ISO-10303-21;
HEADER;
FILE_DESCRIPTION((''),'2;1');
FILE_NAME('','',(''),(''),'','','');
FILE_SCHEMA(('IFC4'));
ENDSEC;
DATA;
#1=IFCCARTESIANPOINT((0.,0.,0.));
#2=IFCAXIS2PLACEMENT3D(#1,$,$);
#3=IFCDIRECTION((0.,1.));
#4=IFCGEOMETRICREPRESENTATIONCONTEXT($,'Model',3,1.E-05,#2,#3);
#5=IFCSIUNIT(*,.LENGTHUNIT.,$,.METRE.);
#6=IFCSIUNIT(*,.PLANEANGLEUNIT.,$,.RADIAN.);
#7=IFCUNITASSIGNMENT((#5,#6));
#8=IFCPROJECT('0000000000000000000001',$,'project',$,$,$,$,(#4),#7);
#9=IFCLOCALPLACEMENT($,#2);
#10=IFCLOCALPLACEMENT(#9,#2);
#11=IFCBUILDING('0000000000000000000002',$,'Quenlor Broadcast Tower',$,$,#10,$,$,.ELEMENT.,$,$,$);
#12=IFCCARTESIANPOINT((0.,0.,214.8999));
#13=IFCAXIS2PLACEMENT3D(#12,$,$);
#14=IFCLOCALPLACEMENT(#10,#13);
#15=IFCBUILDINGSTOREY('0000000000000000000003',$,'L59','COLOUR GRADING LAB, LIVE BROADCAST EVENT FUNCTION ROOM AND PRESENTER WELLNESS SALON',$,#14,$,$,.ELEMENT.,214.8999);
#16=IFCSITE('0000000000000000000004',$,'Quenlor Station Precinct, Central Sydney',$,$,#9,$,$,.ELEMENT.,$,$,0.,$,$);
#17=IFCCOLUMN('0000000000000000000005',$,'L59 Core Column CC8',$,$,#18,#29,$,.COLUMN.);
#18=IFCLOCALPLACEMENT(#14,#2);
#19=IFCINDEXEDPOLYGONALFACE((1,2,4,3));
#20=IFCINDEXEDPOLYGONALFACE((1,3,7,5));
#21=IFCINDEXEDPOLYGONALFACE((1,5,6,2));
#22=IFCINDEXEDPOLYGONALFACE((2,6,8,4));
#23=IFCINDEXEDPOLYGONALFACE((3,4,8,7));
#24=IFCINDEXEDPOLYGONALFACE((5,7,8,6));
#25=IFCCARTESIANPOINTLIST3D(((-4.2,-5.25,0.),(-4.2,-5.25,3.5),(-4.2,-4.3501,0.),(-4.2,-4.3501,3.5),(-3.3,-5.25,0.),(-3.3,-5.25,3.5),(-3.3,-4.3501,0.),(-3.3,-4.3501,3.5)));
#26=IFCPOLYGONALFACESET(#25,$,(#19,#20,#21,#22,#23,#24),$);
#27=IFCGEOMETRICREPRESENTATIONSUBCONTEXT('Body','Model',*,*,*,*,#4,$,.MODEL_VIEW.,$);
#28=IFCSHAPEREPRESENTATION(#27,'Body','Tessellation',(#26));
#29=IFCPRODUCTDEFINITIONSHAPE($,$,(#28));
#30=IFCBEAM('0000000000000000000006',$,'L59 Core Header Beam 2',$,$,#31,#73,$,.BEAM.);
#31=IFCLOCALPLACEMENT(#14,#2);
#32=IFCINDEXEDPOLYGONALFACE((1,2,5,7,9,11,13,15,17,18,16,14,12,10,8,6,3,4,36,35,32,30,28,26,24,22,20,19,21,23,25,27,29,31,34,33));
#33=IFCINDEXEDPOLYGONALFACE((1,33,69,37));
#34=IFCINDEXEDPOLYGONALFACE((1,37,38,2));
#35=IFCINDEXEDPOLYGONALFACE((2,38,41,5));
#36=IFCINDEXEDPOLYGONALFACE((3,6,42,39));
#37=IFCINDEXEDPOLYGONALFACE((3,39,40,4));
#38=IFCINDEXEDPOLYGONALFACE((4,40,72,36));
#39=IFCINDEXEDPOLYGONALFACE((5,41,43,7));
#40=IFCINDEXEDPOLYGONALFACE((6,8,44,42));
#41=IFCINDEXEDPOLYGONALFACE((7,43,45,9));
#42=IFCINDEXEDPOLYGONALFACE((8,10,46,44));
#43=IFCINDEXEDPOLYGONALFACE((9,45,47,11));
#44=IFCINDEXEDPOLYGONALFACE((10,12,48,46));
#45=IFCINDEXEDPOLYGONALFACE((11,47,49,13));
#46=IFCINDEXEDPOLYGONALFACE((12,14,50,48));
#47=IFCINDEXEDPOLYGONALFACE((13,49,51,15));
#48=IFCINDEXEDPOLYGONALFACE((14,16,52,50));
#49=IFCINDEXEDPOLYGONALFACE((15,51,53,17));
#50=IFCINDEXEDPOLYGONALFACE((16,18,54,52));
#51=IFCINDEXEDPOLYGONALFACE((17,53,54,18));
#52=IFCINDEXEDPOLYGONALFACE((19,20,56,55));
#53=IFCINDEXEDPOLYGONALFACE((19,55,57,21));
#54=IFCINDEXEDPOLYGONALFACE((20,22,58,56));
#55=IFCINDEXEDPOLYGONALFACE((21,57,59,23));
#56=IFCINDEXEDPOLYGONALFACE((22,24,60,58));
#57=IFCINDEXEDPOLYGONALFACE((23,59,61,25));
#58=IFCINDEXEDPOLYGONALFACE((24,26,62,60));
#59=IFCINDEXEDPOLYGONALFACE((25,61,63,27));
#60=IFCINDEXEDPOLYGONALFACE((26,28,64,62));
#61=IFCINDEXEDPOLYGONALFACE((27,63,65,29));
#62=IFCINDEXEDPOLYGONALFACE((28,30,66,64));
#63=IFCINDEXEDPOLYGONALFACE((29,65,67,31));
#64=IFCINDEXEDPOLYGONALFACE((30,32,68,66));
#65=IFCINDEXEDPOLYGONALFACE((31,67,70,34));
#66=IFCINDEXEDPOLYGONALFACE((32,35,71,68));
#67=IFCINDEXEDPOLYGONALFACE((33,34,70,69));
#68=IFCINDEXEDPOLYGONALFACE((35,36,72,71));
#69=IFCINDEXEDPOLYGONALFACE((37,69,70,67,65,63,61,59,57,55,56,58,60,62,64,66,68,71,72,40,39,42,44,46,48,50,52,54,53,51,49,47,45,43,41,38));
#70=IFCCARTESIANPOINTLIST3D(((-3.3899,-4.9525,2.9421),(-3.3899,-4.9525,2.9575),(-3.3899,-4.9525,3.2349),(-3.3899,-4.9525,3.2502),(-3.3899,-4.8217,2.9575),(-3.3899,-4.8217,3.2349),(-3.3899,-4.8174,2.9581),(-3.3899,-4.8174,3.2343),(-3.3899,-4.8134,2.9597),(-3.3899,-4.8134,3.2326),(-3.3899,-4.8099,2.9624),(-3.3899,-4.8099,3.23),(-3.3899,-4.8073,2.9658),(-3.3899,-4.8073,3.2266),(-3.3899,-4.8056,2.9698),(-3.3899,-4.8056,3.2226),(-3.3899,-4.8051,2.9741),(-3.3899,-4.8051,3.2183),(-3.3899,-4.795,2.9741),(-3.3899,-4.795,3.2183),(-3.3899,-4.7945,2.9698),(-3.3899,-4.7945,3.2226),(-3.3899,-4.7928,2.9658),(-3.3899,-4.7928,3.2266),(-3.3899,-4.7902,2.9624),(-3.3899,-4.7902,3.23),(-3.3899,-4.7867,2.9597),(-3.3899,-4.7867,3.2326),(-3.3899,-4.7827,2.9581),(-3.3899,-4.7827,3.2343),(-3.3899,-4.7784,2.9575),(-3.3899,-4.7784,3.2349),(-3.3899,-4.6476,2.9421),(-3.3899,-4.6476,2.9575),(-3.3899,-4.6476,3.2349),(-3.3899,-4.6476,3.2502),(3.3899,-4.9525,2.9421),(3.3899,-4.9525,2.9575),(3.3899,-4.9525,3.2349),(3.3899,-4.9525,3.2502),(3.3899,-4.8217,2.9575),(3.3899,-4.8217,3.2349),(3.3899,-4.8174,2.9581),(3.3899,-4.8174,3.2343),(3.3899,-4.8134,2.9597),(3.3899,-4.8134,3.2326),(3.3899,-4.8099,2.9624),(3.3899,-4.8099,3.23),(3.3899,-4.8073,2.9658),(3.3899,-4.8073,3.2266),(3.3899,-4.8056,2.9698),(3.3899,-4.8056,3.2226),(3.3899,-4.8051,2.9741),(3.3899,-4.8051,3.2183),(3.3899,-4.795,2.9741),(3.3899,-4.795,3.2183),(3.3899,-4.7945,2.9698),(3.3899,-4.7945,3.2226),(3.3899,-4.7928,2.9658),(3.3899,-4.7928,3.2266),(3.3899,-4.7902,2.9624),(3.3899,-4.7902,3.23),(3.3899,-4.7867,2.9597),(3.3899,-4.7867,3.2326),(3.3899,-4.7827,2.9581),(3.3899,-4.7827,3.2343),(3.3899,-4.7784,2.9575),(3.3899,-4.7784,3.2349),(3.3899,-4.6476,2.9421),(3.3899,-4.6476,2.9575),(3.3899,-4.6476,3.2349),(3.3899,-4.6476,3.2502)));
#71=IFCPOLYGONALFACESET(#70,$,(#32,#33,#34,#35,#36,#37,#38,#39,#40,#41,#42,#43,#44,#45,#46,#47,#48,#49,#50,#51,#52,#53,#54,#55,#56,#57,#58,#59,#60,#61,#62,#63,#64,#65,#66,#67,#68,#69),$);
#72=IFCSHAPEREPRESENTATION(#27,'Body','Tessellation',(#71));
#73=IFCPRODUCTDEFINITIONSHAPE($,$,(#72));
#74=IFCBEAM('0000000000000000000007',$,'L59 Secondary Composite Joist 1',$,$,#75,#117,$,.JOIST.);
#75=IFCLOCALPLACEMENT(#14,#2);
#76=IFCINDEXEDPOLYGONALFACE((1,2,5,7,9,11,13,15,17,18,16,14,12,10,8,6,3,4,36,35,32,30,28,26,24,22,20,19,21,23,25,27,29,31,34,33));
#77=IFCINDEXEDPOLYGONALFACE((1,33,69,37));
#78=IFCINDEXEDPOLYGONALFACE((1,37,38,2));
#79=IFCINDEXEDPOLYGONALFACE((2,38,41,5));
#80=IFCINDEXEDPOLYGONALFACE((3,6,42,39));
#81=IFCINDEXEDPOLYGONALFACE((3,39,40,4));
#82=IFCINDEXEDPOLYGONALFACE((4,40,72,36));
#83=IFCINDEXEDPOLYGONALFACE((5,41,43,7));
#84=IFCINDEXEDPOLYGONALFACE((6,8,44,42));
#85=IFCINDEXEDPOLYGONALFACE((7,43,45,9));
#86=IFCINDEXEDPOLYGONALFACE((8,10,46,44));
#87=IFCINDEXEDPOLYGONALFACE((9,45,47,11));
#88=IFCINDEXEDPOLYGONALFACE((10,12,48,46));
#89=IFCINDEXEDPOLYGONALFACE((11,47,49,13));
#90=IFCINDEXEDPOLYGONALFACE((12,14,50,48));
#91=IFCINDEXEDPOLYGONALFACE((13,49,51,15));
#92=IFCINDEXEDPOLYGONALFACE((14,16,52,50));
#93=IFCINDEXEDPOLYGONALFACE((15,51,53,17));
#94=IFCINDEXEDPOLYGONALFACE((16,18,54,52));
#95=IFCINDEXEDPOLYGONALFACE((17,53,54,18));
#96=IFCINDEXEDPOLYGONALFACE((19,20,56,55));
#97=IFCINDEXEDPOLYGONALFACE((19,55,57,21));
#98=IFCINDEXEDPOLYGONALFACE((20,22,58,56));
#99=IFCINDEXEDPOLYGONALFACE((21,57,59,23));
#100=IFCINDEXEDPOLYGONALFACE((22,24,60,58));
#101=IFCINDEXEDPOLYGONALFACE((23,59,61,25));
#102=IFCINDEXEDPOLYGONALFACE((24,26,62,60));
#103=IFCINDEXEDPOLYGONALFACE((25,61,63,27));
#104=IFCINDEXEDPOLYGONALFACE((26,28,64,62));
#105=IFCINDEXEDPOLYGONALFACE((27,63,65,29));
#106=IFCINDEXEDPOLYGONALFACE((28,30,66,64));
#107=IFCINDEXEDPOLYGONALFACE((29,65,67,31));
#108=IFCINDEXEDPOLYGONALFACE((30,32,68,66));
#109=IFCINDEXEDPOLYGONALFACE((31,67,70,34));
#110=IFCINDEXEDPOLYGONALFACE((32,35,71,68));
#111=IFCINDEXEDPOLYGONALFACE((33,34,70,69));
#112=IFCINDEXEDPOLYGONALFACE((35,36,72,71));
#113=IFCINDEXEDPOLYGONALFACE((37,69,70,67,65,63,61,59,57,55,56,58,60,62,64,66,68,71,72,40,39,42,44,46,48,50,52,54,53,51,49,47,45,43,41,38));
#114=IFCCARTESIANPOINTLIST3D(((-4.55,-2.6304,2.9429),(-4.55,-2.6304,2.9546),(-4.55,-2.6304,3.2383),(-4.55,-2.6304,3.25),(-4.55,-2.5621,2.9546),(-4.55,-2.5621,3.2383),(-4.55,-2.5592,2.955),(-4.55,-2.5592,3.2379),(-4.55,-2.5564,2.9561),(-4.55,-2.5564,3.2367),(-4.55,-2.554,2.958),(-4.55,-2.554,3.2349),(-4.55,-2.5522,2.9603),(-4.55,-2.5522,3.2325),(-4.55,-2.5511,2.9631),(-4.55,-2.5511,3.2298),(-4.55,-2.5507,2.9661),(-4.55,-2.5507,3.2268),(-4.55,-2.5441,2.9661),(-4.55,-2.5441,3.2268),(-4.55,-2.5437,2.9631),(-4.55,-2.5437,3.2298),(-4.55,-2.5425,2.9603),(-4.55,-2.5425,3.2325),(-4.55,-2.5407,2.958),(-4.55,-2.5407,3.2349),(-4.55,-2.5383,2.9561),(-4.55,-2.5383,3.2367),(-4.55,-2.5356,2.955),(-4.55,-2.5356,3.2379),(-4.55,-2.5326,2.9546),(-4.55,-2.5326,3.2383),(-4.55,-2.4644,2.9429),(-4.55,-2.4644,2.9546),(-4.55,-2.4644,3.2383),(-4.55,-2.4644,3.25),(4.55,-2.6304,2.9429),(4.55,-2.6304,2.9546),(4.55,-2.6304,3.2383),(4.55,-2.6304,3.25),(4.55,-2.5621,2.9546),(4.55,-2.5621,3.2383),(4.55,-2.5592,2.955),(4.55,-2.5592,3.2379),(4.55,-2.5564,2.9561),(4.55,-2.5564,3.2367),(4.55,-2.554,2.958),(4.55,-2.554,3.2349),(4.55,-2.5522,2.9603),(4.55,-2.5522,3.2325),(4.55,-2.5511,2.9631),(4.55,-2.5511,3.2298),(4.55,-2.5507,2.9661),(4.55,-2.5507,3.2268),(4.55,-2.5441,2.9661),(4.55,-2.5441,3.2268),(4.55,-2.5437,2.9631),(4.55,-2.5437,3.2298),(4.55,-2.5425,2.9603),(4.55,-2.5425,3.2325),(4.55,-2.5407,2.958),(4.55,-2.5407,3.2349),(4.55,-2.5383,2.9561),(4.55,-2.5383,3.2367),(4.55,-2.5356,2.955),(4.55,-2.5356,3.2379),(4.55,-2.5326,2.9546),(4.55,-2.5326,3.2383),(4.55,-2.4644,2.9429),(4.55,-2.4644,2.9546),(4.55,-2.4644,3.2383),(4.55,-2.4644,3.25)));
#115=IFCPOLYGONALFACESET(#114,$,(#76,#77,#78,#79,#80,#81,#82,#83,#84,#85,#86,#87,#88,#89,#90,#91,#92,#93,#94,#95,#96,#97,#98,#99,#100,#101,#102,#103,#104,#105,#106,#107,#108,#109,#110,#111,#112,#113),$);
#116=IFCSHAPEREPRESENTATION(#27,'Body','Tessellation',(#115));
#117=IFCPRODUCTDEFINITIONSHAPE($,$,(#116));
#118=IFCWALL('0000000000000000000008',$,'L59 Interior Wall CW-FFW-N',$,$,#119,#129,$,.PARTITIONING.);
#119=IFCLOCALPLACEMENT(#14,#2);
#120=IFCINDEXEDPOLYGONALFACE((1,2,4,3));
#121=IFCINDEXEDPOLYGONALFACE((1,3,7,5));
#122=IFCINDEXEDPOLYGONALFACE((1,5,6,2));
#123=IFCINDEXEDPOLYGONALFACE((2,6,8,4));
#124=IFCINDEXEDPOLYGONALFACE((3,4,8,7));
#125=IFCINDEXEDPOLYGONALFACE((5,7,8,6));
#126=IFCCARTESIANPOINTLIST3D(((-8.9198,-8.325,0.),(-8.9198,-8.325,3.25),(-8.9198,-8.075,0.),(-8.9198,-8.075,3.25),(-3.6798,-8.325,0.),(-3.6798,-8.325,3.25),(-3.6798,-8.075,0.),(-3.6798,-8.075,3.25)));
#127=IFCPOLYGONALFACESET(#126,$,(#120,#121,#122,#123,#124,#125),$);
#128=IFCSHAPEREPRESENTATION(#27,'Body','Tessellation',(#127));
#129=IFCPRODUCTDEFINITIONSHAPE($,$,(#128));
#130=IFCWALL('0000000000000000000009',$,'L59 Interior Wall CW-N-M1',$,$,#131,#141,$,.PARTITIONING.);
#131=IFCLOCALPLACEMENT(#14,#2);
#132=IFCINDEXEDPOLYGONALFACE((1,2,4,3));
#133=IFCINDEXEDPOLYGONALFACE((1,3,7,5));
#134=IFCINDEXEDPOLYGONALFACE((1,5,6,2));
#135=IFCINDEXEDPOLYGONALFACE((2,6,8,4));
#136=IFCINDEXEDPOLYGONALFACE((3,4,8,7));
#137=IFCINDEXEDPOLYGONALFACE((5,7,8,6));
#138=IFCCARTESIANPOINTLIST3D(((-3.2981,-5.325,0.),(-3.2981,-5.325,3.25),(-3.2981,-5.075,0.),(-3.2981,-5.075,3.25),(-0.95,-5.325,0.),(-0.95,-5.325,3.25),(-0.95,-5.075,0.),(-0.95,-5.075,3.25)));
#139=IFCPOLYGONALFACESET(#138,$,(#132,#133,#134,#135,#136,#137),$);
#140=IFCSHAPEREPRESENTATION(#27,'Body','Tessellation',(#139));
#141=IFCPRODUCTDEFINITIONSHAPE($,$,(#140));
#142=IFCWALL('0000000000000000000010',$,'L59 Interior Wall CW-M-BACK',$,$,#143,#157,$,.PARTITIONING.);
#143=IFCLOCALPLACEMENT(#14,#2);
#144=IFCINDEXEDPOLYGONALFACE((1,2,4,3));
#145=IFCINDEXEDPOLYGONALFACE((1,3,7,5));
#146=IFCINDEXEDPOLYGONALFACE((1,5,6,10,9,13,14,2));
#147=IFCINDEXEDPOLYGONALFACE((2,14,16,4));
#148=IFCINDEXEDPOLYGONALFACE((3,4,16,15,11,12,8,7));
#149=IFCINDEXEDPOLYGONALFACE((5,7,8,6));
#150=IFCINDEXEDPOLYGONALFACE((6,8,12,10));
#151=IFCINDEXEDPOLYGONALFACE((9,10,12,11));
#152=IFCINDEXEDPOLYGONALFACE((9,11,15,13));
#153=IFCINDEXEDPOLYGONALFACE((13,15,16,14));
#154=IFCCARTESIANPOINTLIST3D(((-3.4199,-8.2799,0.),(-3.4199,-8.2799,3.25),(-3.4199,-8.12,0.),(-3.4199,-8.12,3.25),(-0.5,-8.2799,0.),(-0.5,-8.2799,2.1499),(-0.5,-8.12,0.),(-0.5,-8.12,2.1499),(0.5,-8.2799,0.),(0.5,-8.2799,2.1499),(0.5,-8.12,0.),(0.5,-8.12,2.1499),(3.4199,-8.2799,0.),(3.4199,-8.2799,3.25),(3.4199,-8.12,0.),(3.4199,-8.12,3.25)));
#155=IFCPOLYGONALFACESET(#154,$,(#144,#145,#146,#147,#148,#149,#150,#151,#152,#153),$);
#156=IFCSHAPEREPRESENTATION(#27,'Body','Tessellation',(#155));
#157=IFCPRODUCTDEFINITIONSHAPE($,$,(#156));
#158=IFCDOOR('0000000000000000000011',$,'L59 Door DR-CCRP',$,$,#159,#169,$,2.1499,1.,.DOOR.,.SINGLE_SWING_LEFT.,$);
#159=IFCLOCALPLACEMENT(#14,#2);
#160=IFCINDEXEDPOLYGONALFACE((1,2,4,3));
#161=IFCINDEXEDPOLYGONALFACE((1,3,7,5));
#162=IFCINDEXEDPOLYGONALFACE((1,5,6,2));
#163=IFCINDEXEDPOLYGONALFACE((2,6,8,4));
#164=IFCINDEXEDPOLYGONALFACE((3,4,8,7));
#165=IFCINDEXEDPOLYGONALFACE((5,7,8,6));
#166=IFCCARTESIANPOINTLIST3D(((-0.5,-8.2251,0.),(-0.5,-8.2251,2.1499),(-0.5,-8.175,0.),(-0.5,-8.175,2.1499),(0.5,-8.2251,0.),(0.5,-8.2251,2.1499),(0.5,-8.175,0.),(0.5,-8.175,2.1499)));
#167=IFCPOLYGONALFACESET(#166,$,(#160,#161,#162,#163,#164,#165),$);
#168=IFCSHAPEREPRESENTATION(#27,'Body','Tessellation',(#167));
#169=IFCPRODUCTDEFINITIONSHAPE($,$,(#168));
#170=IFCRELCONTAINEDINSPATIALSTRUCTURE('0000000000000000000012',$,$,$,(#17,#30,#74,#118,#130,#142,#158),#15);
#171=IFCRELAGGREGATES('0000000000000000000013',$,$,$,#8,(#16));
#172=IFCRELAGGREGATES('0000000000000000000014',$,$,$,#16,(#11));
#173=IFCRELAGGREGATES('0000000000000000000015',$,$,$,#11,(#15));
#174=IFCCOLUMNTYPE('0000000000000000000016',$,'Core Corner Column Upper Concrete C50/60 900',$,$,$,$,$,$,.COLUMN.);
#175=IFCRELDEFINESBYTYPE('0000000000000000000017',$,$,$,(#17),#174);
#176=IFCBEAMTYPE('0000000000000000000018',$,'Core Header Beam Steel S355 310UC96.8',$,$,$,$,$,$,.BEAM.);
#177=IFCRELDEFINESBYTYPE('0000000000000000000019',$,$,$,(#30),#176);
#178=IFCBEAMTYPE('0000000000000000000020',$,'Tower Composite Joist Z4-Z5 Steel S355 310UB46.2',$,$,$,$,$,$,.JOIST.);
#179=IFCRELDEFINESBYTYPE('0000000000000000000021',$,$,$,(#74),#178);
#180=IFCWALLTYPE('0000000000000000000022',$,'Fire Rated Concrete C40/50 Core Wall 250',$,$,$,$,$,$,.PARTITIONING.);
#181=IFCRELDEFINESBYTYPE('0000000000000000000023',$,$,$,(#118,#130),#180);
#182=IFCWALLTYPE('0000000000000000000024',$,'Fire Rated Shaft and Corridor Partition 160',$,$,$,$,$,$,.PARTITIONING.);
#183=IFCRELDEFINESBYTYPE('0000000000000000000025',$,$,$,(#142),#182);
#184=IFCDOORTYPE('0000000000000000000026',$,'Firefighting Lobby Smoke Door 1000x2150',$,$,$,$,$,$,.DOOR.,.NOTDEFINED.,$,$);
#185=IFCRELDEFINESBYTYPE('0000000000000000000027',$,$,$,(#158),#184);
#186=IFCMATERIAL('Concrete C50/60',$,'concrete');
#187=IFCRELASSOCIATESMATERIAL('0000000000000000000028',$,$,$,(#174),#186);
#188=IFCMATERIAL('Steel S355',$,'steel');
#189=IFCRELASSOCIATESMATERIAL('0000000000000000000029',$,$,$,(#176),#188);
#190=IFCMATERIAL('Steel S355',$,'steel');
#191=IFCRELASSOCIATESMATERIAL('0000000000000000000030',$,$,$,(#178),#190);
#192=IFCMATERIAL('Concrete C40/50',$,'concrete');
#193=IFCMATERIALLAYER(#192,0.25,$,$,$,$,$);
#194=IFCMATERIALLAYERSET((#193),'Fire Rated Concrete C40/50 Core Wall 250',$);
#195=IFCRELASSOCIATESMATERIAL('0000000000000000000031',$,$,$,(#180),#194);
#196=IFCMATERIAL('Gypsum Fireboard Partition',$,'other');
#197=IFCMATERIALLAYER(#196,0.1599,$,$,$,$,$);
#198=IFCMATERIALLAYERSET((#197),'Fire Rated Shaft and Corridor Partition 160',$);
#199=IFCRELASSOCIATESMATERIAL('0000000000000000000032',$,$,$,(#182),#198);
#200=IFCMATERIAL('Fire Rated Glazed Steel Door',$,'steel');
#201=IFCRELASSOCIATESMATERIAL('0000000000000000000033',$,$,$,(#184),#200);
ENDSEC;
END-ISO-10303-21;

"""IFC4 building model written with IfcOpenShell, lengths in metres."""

from ifc_helpers import new_model, si_unit, direction, frame, frame_2d, origin, origin_2d, place, context, subcontext, project, spatial, rectangle, i_section, extrude, material, layer, layer_set, material_profile, profile_set, type_object, element, fill, save


model = new_model("IFC4")

# Units and contexts
model_context = context("Model", 3, precision=1e-05, world=origin(), true_north=direction((0.0, 1.0)))
body_context = subcontext(model_context, "Body", "Model", "MODEL_VIEW")
ifc_project = project(units=[si_unit("LENGTHUNIT", "METRE"), si_unit("PLANEANGLEUNIT", "RADIAN")], contexts=[model_context])

# Site, building, storey
site_placement = place(None, origin())
site = spatial("IfcSite", under=ifc_project, at=site_placement, Name="Quenlor Station Precinct, Central Sydney", CompositionType="ELEMENT", RefElevation=0.0)
building_placement = place(site_placement, origin())
building = spatial("IfcBuilding", under=site, at=building_placement, Name="Quenlor Broadcast Tower", CompositionType="ELEMENT")
storey_placement = place(building_placement, frame((0.0, 0.0, 214.8999)))
storey = spatial("IfcBuildingStorey", under=building, at=storey_placement, Name="L59", Description="COLOUR GRADING LAB, LIVE BROADCAST EVENT FUNCTION ROOM AND PRESENTER WELLNESS SALON", CompositionType="ELEMENT", Elevation=214.8999)

# Column
ifc_material_1 = material(Name="Concrete C50/60", Category="concrete")
ifc_material_profile_1 = material_profile(ifc_material_1, rectangle(XDim=0.8999, YDim=0.8999, at=origin_2d()))
ifc_profile_set_1 = profile_set([ifc_material_profile_1], Name="Concrete C50/60 RC900x900")
column_type = type_object("IfcColumnType", Name="Core Corner Column Upper Concrete C50/60 900", PredefinedType="COLUMN", material=ifc_profile_set_1)
column_placement = place(storey_placement, frame((-3.75, -4.8, 0.0), z_axis=(0.0, 0.0, 1.0), x_axis=(1.0, 0.0, 0.0)))
element("IfcColumn", 1, at=column_placement, inside=storey, type_object=column_type, Name="L59 Core Column CC8", PredefinedType="COLUMN", context=body_context, shape_type="SweptSolid", body=[
    extrude(rectangle(XDim=0.8999, YDim=0.8999, at=origin_2d()), origin(), (0.0, 0.0, 1.0), 3.5),
])

# Beams
ifc_material_2 = material(Name="Steel S355", Category="steel")
ifc_material_profile_2 = material_profile(ifc_material_2, i_section(OverallWidth=0.3049, OverallDepth=0.3081, WebThickness=0.01, FlangeThickness=0.0154, FilletRadius=0.0166, at=origin_2d()))
ifc_profile_set_2 = profile_set([ifc_material_profile_2], Name="Steel S355 310UC96.8")
beam_type_1 = type_object("IfcBeamType", Name="Core Header Beam Steel S355 310UC96.8", PredefinedType="BEAM", material=ifc_profile_set_2)
beam_1_placement = place(storey_placement, frame((-3.3899, -4.8, 3.0962), z_axis=(1.0, 0.0, 0.0), x_axis=(0.0, 1.0, 0.0)))
element("IfcBeam", 2, at=beam_1_placement, inside=storey, type_object=beam_type_1, Name="L59 Core Header Beam 2", PredefinedType="BEAM", context=body_context, shape_type="SweptSolid", body=[
    extrude(i_section(OverallWidth=0.3049, OverallDepth=0.3081, WebThickness=0.01, FlangeThickness=0.0154, FilletRadius=0.0166, at=origin_2d()), origin(), (0.0, 0.0, 1.0), 6.7798),
])
ifc_material_3 = material(Name="Steel S355", Category="steel")
ifc_material_profile_3 = material_profile(ifc_material_3, i_section(OverallWidth=0.166, OverallDepth=0.3071, WebThickness=0.0066, FlangeThickness=0.0117, FilletRadius=0.0115, at=origin_2d()))
ifc_profile_set_3 = profile_set([ifc_material_profile_3], Name="Steel S355 310UB46.2")
beam_type_2 = type_object("IfcBeamType", Name="Tower Composite Joist Z4-Z5 Steel S355 310UB46.2", PredefinedType="JOIST", material=ifc_profile_set_3)
beam_2_placement = place(storey_placement, frame((-4.55, -2.5474, 3.0964), z_axis=(1.0, 0.0, 0.0), x_axis=(0.0, 1.0, 0.0)))
element("IfcBeam", 3, at=beam_2_placement, inside=storey, type_object=beam_type_2, Name="L59 Secondary Composite Joist 1", PredefinedType="JOIST", context=body_context, shape_type="SweptSolid", body=[
    extrude(i_section(OverallWidth=0.166, OverallDepth=0.3071, WebThickness=0.0066, FlangeThickness=0.0117, FilletRadius=0.0115, at=origin_2d()), origin(), (0.0, 0.0, 1.0), 9.1001),
])

# Walls
ifc_material_4 = material(Name="Concrete C40/50", Category="concrete")
ifc_layer_1 = layer(ifc_material_4, 0.25)
ifc_layer_set_1 = layer_set([ifc_layer_1], Name="Fire Rated Concrete C40/50 Core Wall 250")
wall_type_1 = type_object("IfcWallType", Name="Fire Rated Concrete C40/50 Core Wall 250", PredefinedType="PARTITIONING", material=ifc_layer_set_1)
wall_1_placement = place(storey_placement, frame((-8.9199, -8.2, 0.0), z_axis=(0.0, 0.0, 1.0), x_axis=(1.0, 0.0, 0.0)))
element("IfcWall", 4, at=wall_1_placement, inside=storey, type_object=wall_type_1, Name="L59 Interior Wall CW-FFW-N", PredefinedType="PARTITIONING", context=body_context, shape_type="SweptSolid", body=[
    extrude(rectangle(XDim=5.24, YDim=0.25, at=frame_2d((2.6201, 0.0))), origin(), (0.0, 0.0, 1.0), 3.25),
])
wall_2_placement = place(storey_placement, frame((-3.2981, -5.2, 0.0), z_axis=(0.0, 0.0, 1.0), x_axis=(1.0, 0.0, 0.0)))
element("IfcWall", 5, at=wall_2_placement, inside=storey, type_object=wall_type_1, Name="L59 Interior Wall CW-N-M1", PredefinedType="PARTITIONING", context=body_context, shape_type="SweptSolid", body=[
    extrude(rectangle(XDim=2.3481, YDim=0.25, at=frame_2d((1.1741, 0.0))), origin(), (0.0, 0.0, 1.0), 3.25),
])

# Wall, opening, door
ifc_material_5 = material(Name="Gypsum Fireboard Partition", Category="other")
ifc_layer_2 = layer(ifc_material_5, 0.1599)
ifc_layer_set_2 = layer_set([ifc_layer_2], Name="Fire Rated Shaft and Corridor Partition 160")
wall_type_2 = type_object("IfcWallType", Name="Fire Rated Shaft and Corridor Partition 160", PredefinedType="PARTITIONING", material=ifc_layer_set_2)
wall_3_placement = place(storey_placement, frame((-3.4199, -8.2, 0.0), z_axis=(0.0, 0.0, 1.0), x_axis=(1.0, 0.0, 0.0)))
wall_3 = element("IfcWall", 6, at=wall_3_placement, inside=storey, type_object=wall_type_2, Name="L59 Interior Wall CW-M-BACK", PredefinedType="PARTITIONING", context=body_context, shape_type="SweptSolid", body=[
    extrude(rectangle(XDim=6.8398, YDim=0.1599, at=frame_2d((3.4199, 0.0))), origin(), (0.0, 0.0, 1.0), 3.25),
])
opening_1_placement = place(wall_3_placement, frame((2.9199, 0.0, 0.0)))
opening_1 = element("IfcOpeningElement", 7, at=opening_1_placement, cuts=wall_3, PredefinedType="OPENING", context=body_context, shape_type="SweptSolid", body=[
    extrude(rectangle(XDim=1.0, YDim=2.1499, at=frame_2d((0.5, 1.075))), frame((0.0, 0.0898, 0.0), z_axis=(0.0, -1.0, 0.0), x_axis=(1.0, 0.0, 0.0)), (0.0, 0.0, 1.0), 0.1799),
])
ifc_material_6 = material(Name="Fire Rated Glazed Steel Door", Category="steel")
door_type_1 = type_object("IfcDoorType", Name="Firefighting Lobby Smoke Door 1000x2150", OperationType="NOTDEFINED", PredefinedType="DOOR", material=ifc_material_6)
door_1_placement = place(opening_1_placement, origin())
door_1 = element("IfcDoor", 8, at=door_1_placement, inside=storey, type_object=door_type_1, Name="L59 Door DR-CCRP", OperationType="SINGLE_SWING_LEFT", OverallHeight=2.1499, OverallWidth=1.0, PredefinedType="DOOR", context=body_context, shape_type="SweptSolid", body=[
    extrude(rectangle(XDim=1.0, YDim=2.1499, at=frame_2d((0.5, 1.075))), frame((0.0, 0.0249, 0.0), z_axis=(0.0, -1.0, 0.0), x_axis=(1.0, 0.0, 0.0)), (0.0, 0.0, 1.0), 0.05),
])
fill(opening_1, door_1)

save(model, "model.ifc")
